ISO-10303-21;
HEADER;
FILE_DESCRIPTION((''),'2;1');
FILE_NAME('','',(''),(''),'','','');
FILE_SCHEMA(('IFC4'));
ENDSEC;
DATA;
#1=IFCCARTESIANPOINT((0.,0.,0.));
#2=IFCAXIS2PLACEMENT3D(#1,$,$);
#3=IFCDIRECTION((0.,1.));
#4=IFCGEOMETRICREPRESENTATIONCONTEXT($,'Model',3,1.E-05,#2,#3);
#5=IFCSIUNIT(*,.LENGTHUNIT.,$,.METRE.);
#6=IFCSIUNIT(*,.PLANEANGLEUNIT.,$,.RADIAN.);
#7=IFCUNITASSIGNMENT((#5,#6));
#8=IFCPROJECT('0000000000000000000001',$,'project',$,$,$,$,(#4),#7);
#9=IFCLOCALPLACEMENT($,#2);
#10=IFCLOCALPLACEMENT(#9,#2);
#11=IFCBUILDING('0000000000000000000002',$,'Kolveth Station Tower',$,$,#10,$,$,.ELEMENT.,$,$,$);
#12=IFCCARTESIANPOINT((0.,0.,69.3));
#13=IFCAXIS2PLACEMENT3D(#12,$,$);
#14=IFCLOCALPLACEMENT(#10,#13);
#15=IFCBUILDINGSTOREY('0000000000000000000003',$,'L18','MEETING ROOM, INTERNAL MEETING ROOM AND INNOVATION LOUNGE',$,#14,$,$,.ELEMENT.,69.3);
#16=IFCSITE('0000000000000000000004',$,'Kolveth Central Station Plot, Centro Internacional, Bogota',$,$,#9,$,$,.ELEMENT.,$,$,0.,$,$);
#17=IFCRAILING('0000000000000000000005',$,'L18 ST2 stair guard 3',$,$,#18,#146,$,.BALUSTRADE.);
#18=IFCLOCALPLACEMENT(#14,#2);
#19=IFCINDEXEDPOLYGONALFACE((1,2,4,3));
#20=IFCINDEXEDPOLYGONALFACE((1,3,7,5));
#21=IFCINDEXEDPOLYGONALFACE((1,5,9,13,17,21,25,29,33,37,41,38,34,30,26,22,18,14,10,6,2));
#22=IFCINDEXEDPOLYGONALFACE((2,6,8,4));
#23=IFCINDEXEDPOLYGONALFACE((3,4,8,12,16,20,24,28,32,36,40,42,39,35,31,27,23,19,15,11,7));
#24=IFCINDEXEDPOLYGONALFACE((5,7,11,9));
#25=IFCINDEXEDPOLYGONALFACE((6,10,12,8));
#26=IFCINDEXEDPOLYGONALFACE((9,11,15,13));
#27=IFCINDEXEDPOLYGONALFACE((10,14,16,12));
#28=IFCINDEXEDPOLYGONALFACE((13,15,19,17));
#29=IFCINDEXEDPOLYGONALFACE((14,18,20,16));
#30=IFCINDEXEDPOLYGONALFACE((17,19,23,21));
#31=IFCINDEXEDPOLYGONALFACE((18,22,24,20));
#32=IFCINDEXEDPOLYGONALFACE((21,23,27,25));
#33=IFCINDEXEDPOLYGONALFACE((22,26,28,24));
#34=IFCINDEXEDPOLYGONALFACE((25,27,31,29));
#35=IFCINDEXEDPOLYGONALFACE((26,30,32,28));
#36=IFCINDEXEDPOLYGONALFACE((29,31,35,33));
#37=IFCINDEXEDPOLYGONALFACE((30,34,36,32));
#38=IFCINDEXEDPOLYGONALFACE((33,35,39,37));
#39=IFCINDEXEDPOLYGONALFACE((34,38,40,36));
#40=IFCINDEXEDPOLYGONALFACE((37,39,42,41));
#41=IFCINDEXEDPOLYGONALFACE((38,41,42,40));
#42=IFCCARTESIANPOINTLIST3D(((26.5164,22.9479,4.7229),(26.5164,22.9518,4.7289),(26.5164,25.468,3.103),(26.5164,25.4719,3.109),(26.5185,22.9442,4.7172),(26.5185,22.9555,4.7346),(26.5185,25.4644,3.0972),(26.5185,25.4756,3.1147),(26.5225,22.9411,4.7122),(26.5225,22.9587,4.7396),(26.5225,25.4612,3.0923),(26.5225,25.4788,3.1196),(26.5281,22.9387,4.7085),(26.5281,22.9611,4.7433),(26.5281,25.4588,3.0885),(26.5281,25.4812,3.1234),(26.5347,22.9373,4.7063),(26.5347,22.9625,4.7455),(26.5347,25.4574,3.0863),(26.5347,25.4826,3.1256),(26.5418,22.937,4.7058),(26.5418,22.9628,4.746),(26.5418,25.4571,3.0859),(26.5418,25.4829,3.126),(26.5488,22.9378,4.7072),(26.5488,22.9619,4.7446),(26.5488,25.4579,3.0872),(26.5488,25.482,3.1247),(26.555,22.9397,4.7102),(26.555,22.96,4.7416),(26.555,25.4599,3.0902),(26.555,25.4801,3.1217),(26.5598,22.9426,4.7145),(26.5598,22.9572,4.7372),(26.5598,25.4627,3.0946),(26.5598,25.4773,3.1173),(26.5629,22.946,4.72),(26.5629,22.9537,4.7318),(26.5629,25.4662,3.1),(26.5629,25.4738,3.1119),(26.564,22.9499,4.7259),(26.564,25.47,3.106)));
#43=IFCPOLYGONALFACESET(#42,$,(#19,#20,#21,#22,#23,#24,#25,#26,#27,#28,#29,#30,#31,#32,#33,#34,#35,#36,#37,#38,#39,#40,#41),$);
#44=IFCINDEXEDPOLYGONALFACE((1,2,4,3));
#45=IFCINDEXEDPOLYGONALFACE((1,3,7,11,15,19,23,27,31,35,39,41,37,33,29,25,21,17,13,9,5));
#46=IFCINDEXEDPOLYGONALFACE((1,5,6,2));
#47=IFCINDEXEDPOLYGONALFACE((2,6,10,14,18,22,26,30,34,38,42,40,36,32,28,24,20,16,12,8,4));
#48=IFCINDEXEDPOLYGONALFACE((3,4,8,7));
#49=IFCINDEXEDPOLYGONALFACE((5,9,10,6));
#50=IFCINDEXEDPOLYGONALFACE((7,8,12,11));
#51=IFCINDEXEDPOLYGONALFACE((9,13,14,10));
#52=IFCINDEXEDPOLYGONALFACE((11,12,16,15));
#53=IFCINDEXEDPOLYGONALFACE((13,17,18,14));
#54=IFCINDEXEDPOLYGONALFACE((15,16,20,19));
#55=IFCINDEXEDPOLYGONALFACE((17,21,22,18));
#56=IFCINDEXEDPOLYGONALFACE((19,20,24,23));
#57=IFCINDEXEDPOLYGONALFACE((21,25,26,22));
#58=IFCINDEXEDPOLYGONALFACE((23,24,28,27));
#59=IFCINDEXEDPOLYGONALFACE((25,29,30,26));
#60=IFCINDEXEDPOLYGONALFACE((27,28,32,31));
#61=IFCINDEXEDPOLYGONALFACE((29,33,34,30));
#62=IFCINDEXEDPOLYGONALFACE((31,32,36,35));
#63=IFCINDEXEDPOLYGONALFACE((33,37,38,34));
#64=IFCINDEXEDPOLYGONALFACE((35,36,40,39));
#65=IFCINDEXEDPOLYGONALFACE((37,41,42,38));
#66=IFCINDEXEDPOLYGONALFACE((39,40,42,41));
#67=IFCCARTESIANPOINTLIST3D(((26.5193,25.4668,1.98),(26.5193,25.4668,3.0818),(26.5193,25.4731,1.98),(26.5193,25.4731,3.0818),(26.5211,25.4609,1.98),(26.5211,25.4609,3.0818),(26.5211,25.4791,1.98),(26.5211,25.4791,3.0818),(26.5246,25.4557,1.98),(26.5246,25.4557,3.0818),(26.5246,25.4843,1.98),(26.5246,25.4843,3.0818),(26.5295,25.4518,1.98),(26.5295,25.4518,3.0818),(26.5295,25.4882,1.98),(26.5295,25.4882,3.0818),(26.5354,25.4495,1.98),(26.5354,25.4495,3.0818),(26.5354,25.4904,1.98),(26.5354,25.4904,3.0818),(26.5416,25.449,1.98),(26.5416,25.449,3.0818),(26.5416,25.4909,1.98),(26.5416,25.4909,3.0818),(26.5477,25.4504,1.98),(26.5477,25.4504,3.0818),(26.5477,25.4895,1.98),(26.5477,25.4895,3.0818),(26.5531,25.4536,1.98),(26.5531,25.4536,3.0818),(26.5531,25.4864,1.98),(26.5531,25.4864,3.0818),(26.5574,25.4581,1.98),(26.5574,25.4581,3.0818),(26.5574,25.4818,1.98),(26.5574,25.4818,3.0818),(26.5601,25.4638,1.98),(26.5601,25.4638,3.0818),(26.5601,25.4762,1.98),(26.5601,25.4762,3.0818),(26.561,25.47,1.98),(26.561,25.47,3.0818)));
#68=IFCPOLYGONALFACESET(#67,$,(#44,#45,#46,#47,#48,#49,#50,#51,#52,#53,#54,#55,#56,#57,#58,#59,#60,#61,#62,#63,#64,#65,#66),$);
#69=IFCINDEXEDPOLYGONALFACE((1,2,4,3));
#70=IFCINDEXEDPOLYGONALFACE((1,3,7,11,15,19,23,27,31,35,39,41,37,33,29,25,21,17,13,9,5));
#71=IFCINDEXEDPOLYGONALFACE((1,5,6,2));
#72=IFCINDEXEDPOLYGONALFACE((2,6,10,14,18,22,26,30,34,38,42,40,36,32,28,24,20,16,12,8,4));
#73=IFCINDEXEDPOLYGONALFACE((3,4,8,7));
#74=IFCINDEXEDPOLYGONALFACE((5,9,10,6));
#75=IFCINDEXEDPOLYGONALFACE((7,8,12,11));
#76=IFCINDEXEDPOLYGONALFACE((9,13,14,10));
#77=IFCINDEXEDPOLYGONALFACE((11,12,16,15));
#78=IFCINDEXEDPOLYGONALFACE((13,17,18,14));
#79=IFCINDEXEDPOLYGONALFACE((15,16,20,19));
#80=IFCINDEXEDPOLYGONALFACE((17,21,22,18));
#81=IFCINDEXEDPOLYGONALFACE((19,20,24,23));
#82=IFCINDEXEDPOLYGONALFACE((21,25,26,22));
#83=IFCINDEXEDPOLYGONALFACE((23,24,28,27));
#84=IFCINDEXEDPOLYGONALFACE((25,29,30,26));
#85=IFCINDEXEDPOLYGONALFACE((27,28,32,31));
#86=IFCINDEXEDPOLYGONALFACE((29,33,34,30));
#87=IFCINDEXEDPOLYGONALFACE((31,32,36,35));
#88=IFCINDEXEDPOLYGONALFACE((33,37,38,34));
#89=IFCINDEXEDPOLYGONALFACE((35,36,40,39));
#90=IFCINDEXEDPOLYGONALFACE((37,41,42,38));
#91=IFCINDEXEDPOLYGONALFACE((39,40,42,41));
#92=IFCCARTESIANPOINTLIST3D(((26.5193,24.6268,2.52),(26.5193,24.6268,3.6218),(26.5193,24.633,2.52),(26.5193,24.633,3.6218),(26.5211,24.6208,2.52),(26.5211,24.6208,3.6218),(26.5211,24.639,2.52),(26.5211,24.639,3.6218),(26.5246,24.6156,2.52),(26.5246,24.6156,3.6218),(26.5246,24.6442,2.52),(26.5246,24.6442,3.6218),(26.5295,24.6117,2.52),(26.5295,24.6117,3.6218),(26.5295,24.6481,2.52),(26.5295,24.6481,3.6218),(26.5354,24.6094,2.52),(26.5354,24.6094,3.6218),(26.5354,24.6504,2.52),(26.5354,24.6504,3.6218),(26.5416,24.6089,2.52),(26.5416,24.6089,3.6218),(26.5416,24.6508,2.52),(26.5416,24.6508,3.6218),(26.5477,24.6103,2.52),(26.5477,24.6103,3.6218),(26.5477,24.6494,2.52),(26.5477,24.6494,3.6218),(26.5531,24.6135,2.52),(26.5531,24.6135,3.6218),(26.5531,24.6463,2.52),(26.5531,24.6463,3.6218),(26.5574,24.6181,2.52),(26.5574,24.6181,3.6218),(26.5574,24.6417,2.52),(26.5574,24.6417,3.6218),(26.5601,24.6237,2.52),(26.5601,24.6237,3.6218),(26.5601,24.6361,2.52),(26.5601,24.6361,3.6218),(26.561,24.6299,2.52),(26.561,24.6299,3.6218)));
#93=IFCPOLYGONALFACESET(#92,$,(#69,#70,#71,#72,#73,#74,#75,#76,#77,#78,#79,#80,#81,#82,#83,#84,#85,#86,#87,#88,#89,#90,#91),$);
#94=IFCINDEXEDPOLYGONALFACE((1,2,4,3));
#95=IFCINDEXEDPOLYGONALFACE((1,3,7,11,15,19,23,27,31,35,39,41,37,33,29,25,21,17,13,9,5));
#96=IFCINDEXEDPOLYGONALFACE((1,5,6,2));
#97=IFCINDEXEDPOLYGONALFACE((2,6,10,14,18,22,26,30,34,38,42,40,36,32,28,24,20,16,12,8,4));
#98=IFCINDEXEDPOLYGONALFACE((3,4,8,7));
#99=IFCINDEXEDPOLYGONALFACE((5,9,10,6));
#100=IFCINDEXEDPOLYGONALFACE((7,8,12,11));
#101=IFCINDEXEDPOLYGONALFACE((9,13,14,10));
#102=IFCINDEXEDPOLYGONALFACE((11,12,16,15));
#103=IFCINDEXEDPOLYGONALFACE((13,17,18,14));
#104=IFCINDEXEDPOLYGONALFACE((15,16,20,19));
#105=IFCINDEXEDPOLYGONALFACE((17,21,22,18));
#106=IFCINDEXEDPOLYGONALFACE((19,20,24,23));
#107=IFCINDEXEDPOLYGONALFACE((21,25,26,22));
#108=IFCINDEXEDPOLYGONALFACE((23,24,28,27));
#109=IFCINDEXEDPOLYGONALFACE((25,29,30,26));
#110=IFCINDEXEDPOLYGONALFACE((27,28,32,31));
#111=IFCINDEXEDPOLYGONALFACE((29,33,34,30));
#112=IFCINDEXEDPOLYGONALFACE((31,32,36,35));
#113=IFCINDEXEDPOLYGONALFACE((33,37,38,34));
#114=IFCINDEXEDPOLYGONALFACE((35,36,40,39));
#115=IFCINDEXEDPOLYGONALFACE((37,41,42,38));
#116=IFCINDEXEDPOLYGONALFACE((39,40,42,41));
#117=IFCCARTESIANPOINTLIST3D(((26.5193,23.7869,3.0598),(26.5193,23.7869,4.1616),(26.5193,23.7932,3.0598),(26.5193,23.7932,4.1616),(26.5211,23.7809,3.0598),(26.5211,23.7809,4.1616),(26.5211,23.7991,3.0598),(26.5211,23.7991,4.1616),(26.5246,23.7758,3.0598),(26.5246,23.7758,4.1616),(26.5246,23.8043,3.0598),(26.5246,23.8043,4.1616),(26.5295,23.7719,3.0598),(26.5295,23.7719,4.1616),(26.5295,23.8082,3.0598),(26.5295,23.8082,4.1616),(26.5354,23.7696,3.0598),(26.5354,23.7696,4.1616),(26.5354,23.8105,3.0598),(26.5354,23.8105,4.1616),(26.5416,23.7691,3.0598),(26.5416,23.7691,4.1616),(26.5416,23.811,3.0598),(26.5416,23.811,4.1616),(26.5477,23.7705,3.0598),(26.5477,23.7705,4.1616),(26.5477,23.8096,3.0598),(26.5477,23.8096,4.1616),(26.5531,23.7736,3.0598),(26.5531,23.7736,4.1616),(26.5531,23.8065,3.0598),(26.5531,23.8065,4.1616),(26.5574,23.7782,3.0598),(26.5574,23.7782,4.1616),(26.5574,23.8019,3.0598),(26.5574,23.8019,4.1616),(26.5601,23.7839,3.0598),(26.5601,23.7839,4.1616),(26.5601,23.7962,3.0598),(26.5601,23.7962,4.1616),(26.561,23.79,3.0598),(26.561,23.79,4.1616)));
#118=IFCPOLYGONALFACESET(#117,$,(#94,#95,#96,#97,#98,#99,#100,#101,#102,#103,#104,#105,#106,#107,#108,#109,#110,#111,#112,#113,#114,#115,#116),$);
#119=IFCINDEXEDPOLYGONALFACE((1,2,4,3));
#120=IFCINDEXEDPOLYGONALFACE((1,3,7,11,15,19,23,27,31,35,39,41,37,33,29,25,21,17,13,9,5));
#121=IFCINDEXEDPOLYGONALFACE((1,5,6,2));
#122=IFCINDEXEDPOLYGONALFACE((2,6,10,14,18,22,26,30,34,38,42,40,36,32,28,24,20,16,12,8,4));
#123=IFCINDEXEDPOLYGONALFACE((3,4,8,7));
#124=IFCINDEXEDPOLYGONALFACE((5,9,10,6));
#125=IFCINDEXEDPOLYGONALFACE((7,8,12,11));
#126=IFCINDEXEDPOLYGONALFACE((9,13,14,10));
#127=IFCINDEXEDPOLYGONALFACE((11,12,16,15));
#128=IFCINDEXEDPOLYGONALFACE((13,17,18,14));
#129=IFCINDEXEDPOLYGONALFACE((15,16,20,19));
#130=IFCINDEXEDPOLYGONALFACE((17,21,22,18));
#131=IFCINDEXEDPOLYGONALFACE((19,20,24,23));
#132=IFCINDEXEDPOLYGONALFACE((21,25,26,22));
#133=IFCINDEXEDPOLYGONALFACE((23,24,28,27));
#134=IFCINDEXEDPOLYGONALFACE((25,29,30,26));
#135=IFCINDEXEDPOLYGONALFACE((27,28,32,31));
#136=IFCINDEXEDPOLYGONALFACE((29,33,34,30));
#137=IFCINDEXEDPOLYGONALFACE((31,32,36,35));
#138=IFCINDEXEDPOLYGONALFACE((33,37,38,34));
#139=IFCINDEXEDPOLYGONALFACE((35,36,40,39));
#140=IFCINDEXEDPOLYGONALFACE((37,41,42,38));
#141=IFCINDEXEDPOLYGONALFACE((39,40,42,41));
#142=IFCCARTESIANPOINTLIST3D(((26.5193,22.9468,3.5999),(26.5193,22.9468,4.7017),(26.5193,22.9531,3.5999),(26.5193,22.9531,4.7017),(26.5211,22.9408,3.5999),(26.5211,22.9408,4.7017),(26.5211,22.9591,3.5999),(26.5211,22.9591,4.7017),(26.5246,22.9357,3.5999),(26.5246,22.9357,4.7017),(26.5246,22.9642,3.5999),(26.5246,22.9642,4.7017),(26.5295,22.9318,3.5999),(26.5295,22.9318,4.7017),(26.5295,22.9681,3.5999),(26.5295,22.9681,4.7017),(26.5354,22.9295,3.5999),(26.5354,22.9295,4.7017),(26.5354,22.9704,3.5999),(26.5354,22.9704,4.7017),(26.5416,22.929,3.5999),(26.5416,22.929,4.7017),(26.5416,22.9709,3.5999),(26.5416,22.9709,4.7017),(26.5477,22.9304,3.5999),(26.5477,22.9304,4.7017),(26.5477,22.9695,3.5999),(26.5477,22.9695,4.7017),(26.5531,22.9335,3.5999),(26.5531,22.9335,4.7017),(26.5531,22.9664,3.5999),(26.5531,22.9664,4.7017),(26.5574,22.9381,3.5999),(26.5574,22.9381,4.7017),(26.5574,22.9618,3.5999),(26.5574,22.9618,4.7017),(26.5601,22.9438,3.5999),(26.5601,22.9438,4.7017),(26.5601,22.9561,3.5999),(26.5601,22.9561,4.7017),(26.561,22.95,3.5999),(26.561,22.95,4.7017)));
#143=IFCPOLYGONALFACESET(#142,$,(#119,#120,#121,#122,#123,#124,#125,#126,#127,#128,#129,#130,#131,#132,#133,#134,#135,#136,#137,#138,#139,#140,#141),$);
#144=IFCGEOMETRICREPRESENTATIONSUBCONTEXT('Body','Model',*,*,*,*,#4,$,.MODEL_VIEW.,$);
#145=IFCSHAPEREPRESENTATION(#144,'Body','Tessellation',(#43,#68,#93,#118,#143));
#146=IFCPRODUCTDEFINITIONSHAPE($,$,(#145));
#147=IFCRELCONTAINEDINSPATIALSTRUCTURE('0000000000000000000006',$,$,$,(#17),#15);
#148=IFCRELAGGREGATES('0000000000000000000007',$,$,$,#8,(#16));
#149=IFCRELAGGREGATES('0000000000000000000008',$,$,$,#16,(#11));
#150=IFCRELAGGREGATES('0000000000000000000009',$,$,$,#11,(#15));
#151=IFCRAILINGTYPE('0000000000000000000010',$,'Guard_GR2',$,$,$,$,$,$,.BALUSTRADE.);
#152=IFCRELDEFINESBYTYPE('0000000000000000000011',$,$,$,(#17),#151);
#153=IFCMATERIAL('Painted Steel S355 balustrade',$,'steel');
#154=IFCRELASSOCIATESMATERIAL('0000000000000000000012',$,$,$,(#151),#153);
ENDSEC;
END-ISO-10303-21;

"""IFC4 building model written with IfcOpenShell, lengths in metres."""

from ifc_helpers import new_model, si_unit, direction, frame, origin, origin_2d, place, context, subcontext, project, spatial, circle, extrude, material, type_object, element, save


model = new_model("IFC4")

# Units and contexts
model_context = context("Model", 3, precision=1e-05, world=origin(), true_north=direction((0.0, 1.0)))
body_context = subcontext(model_context, "Body", "Model", "MODEL_VIEW")
ifc_project = project(units=[si_unit("LENGTHUNIT", "METRE"), si_unit("PLANEANGLEUNIT", "RADIAN")], contexts=[model_context])

# Site, building, storey
site_placement = place(None, origin())
site = spatial("IfcSite", under=ifc_project, at=site_placement, Name="Kolveth Central Station Plot, Centro Internacional, Bogota", CompositionType="ELEMENT", RefElevation=0.0)
building_placement = place(site_placement, origin())
building = spatial("IfcBuilding", under=site, at=building_placement, Name="Kolveth Station Tower", CompositionType="ELEMENT")
storey_placement = place(building_placement, frame((0.0, 0.0, 69.3)))
storey = spatial("IfcBuildingStorey", under=building, at=storey_placement, Name="L18", Description="MEETING ROOM, INTERNAL MEETING ROOM AND INNOVATION LOUNGE", CompositionType="ELEMENT", Elevation=69.3)

# Railing
ifc_material_1 = material(Name="Painted Steel S355 balustrade", Category="steel")
railing_type_1 = type_object("IfcRailingType", Name="Guard_GR2", PredefinedType="BALUSTRADE", material=ifc_material_1)
railing_1_placement = place(storey_placement, frame((26.54, 25.47, 1.98)))
element("IfcRailing", 1, at=railing_1_placement, inside=storey, type_object=railing_type_1, Name="L18 ST2 stair guard 3", PredefinedType="BALUSTRADE", context=body_context, shape_type="SweptSolid", body=[
    extrude(circle(Radius=0.0239, at=origin_2d()), frame((0.0, 0.0, 1.126), z_axis=(0.0, -0.8412, 0.540725), x_axis=(1.0, 0.0, 0.0)), (0.0, 0.0, 1.0), 2.9958),
    extrude(circle(Radius=0.021, at=origin_2d()), origin(), (0.0, 0.0, 1.0), 1.1018),
    extrude(circle(Radius=0.021, at=origin_2d()), frame((0.0, -0.8401, 0.54)), (0.0, 0.0, 1.0), 1.1018),
    extrude(circle(Radius=0.021, at=origin_2d()), frame((0.0, -1.6799, 1.0798)), (0.0, 0.0, 1.0), 1.1018),
    extrude(circle(Radius=0.021, at=origin_2d()), frame((0.0, -2.52, 1.6199)), (0.0, 0.0, 1.0), 1.1018),
])

save(model, "model.ifc")
